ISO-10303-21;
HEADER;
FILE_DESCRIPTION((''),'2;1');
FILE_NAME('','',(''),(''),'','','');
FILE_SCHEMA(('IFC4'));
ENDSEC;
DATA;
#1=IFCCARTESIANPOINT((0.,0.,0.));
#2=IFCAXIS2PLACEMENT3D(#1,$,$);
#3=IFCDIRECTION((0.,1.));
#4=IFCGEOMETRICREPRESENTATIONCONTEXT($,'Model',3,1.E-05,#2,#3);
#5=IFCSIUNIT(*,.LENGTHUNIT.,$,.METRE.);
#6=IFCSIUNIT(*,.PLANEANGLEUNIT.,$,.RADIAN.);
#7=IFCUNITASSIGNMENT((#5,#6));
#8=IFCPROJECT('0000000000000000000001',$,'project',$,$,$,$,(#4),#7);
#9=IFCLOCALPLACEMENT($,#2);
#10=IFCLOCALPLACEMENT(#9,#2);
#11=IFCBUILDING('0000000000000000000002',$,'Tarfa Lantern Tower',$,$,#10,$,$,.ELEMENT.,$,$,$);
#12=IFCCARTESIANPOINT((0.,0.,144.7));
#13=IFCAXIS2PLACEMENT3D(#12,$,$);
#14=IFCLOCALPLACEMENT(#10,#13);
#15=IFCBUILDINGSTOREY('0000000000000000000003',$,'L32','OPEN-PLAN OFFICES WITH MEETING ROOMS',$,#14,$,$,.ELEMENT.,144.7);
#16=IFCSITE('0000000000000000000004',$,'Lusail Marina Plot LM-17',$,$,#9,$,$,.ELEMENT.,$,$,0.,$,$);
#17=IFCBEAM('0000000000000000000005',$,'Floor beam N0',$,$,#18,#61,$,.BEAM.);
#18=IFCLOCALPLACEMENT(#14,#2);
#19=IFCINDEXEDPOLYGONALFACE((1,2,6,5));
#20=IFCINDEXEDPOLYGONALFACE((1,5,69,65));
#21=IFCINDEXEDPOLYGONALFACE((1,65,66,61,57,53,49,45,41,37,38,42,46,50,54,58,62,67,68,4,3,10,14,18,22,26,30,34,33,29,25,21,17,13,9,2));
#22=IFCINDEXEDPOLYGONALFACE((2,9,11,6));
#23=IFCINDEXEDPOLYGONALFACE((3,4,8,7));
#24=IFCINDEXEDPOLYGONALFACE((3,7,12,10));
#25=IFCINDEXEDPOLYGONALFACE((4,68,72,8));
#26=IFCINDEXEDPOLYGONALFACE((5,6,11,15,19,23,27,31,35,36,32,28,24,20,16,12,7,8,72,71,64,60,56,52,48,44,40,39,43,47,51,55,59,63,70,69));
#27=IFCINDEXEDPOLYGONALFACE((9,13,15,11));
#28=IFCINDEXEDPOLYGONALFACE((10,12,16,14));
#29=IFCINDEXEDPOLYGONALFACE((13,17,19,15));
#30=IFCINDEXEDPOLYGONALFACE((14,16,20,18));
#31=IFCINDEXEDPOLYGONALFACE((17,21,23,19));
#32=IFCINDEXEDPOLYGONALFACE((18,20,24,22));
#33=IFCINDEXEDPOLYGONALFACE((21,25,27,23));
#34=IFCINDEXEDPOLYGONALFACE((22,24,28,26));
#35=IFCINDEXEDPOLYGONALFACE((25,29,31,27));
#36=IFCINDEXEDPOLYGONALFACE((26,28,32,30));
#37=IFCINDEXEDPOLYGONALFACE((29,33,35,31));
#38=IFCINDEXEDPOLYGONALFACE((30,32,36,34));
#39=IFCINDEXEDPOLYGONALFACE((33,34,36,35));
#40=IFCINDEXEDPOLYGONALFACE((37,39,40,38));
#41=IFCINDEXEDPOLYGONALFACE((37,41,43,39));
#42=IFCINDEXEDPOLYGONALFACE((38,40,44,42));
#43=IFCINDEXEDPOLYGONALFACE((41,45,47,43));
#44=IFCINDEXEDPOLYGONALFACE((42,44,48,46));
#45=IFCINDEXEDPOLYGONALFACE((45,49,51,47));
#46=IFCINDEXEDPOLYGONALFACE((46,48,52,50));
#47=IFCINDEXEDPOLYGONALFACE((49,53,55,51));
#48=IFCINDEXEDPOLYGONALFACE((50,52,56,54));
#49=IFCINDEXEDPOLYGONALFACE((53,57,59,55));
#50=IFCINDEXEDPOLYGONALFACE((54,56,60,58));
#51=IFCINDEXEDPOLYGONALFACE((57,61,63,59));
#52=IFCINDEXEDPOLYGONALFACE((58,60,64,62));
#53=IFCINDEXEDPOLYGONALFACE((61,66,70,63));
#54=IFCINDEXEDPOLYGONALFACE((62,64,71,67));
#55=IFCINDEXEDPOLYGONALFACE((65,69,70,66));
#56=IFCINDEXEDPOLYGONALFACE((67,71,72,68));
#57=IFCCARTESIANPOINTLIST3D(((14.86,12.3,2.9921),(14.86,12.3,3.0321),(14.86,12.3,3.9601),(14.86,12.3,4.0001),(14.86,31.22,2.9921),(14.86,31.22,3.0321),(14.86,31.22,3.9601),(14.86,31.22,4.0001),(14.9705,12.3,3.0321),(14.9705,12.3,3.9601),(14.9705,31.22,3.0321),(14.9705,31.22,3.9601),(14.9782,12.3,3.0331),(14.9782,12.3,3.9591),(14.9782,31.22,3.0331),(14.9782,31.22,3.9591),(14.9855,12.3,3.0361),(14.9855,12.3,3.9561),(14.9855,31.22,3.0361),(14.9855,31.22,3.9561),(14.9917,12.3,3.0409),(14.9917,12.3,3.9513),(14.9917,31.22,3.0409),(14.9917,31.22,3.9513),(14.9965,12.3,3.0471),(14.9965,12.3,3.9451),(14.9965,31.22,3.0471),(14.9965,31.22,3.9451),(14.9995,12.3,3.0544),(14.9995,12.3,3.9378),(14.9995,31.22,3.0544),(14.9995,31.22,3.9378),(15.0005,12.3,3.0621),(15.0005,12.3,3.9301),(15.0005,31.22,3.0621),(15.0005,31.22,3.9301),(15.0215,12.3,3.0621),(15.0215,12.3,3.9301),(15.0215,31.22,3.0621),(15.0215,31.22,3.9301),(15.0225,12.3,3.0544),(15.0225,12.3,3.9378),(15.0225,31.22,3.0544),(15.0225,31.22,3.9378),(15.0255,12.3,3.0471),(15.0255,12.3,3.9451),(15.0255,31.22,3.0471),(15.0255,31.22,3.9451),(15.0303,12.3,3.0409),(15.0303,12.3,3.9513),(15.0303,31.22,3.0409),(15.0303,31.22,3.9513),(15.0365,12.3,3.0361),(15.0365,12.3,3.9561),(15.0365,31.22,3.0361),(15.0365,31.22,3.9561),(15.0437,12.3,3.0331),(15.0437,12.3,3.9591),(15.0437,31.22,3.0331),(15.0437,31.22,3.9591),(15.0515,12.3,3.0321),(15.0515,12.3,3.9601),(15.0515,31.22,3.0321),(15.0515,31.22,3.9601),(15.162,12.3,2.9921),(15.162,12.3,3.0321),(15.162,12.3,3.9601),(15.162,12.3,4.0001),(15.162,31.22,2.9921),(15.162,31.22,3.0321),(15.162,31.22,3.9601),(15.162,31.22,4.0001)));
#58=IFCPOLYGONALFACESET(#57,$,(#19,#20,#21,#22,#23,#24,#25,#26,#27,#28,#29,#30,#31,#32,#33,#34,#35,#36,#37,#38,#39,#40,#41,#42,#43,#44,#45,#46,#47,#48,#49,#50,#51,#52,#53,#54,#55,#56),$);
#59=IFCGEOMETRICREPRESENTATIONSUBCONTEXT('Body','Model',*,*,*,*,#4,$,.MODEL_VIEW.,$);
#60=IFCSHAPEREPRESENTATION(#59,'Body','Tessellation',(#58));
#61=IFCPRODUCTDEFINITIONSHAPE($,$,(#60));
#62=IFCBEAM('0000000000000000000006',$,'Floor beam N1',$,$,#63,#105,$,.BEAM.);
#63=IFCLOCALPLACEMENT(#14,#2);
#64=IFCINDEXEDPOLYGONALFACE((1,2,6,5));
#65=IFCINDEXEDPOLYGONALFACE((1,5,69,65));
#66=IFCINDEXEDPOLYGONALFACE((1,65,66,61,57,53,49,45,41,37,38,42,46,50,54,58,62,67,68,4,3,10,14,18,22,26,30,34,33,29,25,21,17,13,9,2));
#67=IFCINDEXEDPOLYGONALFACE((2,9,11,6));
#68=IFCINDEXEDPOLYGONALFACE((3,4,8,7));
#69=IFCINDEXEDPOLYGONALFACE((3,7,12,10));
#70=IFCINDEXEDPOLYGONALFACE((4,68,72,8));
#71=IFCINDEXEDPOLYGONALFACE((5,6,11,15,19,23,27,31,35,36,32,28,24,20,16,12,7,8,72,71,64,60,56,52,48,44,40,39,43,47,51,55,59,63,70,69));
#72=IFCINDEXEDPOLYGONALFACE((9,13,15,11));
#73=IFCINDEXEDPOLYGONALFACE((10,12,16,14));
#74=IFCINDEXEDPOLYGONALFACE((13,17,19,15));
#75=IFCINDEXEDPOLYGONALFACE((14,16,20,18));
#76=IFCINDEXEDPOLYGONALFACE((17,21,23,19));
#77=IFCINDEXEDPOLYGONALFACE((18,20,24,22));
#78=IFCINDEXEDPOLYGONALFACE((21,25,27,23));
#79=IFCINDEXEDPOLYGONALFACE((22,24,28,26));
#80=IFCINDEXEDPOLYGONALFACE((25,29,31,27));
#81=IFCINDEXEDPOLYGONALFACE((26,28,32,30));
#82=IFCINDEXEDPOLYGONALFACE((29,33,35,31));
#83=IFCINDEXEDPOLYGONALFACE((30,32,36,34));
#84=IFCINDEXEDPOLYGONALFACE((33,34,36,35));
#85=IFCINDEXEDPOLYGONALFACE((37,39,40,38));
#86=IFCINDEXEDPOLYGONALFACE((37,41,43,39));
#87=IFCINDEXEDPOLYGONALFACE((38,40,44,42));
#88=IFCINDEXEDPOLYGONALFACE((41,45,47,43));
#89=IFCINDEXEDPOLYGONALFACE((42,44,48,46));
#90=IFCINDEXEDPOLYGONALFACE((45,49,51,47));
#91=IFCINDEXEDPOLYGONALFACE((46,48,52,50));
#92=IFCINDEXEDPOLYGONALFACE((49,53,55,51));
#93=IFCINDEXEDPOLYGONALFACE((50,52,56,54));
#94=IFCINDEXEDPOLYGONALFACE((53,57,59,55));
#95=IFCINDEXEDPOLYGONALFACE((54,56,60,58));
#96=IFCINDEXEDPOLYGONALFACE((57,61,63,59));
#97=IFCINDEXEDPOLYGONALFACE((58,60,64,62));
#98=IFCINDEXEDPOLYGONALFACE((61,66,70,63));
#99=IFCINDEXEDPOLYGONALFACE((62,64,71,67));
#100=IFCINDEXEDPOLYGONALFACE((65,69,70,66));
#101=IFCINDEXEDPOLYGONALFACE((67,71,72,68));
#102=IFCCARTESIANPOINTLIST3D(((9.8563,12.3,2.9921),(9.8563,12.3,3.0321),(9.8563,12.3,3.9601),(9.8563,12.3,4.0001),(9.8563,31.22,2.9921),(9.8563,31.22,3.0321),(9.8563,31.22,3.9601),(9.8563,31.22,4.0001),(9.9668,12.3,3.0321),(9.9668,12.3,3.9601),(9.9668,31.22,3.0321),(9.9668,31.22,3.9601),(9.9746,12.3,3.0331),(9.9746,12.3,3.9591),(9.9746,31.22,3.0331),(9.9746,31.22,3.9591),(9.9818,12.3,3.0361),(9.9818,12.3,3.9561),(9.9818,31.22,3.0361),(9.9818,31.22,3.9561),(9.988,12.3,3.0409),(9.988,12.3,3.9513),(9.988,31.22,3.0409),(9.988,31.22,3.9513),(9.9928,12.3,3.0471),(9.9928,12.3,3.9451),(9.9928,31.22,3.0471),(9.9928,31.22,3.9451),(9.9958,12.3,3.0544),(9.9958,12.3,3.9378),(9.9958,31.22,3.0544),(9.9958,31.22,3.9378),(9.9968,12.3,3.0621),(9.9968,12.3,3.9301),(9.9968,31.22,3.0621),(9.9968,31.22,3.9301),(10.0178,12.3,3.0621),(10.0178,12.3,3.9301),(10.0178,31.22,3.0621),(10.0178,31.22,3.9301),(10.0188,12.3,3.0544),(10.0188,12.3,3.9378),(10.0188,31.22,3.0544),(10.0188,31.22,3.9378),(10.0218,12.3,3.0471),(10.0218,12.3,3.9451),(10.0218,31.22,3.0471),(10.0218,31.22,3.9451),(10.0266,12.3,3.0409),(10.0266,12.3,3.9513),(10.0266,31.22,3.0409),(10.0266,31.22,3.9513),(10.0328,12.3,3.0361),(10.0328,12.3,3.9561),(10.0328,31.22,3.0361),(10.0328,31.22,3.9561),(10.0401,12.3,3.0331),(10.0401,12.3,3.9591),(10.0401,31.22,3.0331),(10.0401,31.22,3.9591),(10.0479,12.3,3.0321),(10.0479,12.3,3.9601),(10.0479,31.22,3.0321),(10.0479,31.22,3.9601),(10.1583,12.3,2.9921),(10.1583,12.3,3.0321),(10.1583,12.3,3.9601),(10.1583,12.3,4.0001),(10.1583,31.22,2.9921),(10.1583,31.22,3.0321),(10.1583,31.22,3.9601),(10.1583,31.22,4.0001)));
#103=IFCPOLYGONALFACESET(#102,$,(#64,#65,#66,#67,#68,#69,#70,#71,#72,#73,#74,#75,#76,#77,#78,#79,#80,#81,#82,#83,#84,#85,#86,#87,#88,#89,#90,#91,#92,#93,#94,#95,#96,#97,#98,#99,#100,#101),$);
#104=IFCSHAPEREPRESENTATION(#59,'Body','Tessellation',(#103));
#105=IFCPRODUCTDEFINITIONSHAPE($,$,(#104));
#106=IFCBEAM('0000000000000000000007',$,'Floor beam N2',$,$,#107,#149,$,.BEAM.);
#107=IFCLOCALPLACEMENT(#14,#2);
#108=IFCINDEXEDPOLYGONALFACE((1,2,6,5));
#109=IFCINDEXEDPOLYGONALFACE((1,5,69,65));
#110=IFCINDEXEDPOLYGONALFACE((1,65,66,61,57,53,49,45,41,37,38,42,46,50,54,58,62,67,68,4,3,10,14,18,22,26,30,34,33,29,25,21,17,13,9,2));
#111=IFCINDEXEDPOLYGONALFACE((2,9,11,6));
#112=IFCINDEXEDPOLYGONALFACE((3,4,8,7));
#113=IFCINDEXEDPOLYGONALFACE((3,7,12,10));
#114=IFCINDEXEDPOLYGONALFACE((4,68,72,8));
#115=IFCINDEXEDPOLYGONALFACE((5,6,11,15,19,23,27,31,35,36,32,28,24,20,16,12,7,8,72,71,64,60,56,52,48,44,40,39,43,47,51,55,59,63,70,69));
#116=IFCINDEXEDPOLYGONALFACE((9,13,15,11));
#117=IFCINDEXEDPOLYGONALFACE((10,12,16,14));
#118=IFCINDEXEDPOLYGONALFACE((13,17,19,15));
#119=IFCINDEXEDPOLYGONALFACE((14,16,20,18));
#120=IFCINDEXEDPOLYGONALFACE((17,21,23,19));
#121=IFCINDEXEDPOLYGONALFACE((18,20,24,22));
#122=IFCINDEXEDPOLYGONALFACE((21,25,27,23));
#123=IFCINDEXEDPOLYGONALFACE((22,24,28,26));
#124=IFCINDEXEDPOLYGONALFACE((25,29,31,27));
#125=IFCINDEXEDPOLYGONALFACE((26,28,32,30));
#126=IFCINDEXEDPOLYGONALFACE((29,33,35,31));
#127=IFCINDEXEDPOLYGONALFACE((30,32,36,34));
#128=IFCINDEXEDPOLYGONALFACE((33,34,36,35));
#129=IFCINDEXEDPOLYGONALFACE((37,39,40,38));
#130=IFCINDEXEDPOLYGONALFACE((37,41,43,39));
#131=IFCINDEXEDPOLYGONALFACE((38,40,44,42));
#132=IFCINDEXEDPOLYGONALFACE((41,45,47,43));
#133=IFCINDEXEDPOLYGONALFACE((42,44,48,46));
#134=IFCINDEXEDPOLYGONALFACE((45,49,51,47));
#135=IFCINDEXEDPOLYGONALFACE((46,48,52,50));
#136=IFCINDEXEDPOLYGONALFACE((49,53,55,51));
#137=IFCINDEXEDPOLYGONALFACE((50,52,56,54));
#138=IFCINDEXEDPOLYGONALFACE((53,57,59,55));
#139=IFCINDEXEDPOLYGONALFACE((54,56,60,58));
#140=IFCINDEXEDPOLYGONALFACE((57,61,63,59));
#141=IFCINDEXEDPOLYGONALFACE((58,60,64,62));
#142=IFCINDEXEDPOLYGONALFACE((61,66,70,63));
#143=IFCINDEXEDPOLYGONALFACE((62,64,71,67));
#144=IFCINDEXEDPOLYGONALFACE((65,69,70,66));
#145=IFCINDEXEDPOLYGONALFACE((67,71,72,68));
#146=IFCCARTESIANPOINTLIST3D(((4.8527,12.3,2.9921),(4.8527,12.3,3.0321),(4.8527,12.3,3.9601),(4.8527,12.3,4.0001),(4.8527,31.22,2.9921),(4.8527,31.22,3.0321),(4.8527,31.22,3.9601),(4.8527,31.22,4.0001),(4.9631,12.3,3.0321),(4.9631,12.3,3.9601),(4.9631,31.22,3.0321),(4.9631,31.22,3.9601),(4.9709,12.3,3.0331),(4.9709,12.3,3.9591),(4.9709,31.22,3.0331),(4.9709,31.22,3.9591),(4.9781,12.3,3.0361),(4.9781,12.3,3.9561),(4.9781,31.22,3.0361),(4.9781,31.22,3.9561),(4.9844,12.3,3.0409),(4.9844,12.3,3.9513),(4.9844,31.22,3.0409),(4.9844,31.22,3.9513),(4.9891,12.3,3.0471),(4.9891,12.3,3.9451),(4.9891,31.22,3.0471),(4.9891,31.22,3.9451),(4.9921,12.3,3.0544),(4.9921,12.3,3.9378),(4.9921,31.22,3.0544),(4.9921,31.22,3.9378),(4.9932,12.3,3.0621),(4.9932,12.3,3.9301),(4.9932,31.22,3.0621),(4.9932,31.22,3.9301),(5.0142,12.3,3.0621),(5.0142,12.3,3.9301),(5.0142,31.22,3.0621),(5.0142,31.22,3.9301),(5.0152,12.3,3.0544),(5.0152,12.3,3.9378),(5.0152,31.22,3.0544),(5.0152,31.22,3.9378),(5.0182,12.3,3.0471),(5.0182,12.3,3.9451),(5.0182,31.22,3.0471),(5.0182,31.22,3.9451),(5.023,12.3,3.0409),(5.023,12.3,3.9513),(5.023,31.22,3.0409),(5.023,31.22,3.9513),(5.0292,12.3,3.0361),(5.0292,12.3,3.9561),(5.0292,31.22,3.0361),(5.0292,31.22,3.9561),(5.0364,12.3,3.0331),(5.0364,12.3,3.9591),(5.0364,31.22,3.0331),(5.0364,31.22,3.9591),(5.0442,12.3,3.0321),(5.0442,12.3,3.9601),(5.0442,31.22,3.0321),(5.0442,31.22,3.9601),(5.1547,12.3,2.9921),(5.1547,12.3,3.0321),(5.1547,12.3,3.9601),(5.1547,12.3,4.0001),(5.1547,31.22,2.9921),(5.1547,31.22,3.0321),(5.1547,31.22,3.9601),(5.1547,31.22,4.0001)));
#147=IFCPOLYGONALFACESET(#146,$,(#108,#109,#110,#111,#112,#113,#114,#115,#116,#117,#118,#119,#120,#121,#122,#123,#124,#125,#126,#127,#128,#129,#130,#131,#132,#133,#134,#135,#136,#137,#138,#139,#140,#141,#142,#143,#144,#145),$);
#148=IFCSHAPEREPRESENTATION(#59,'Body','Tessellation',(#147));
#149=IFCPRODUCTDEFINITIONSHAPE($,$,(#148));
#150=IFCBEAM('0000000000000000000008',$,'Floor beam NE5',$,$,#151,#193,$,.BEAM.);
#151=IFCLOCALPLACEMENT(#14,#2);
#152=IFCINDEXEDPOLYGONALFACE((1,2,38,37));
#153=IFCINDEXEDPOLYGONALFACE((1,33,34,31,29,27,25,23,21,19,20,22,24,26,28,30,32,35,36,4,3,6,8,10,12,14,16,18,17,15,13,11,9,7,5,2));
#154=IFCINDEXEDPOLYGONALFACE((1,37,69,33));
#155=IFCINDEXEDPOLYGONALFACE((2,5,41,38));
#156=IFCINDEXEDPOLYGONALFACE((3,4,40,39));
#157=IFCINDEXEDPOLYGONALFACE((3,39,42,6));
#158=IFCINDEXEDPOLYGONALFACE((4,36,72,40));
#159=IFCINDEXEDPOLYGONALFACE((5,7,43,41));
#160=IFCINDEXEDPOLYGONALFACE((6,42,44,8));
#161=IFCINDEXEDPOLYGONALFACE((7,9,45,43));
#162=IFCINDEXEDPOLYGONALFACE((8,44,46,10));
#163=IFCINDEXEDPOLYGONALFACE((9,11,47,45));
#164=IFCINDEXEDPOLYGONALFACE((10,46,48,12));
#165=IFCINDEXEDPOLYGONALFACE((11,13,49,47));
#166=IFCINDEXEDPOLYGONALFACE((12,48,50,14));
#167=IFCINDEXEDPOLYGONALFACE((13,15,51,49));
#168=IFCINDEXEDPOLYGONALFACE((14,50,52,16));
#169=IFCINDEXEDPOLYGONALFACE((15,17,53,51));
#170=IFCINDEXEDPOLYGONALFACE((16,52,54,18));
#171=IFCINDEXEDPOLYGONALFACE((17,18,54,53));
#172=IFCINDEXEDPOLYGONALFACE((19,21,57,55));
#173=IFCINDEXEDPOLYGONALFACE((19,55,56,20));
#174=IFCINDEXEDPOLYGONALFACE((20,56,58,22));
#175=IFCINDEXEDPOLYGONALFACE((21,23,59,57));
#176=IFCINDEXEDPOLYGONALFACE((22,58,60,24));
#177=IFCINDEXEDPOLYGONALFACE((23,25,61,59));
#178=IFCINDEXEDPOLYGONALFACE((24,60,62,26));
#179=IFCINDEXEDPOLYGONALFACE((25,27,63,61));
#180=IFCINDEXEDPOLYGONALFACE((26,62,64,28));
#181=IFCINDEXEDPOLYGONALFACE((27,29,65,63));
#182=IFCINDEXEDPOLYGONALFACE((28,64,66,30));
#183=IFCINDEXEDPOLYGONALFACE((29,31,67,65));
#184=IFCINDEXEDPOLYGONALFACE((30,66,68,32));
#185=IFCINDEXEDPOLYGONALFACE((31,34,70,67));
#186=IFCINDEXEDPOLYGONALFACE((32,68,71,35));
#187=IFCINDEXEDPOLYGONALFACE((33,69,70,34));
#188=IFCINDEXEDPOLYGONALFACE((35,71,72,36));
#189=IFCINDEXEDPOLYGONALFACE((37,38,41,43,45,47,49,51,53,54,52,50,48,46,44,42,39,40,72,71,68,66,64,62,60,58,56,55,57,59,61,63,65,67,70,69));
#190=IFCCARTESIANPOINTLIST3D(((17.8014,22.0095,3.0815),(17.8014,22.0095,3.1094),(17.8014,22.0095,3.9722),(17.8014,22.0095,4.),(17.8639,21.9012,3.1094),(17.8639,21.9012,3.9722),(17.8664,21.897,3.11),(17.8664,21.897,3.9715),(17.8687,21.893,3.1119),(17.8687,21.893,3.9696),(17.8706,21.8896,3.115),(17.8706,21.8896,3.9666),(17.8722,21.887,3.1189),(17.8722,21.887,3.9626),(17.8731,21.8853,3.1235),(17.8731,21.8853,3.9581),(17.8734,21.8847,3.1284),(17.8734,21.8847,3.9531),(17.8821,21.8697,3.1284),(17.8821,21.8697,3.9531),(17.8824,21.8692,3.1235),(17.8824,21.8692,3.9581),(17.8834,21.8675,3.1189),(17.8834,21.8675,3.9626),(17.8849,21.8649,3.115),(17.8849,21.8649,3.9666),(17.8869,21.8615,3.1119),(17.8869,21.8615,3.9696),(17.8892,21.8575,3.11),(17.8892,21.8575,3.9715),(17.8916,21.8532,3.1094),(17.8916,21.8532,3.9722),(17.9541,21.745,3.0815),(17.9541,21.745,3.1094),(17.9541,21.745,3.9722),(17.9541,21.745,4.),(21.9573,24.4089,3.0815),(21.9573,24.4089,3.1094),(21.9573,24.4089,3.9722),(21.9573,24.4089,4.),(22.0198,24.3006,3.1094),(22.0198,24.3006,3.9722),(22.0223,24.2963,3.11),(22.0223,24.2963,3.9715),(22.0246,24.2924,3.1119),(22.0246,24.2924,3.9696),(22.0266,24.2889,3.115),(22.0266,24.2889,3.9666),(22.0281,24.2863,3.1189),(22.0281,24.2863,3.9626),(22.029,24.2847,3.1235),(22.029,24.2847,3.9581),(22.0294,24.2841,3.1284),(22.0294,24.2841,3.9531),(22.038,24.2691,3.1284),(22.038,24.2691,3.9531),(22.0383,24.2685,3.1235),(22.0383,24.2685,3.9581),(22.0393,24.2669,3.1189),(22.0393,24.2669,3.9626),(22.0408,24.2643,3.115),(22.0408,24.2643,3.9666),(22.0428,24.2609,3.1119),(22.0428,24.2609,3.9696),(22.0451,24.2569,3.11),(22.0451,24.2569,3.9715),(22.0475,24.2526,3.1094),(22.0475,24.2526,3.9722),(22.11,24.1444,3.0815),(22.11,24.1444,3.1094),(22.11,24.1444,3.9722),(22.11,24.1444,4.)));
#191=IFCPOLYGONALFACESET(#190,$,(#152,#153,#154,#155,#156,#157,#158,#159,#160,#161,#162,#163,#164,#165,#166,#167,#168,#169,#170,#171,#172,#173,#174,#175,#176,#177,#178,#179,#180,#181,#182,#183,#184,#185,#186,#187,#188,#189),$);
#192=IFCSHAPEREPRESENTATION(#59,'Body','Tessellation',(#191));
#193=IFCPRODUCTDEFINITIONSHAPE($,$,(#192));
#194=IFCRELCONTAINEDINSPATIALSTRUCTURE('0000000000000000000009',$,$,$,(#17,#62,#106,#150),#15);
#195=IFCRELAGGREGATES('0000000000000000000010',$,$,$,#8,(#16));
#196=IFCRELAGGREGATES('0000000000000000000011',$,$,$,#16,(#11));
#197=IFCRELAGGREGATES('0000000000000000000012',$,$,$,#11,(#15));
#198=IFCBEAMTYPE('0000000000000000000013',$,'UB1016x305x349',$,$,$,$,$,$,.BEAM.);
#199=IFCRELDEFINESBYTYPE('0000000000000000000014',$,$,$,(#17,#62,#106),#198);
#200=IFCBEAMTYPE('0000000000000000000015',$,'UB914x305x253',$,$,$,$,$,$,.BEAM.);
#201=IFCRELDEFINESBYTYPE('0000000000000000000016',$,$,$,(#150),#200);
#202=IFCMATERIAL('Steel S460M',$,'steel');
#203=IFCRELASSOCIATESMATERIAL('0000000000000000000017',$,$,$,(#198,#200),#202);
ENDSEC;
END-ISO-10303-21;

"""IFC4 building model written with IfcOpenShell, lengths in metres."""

from ifc_helpers import new_model, si_unit, direction, frame, origin, origin_2d, place, context, subcontext, project, spatial, i_section, extrude, material, material_profile, profile_set, type_object, element, save


model = new_model("IFC4")

# Units and contexts
model_context = context("Model", 3, precision=1e-05, world=origin(), true_north=direction((0.0, 1.0)))
body_context = subcontext(model_context, "Body", "Model", "MODEL_VIEW")
ifc_project = project(units=[si_unit("LENGTHUNIT", "METRE"), si_unit("PLANEANGLEUNIT", "RADIAN")], contexts=[model_context])

# Site, building, storey
site_placement = place(None, origin())
site = spatial("IfcSite", under=ifc_project, at=site_placement, Name="Lusail Marina Plot LM-17", CompositionType="ELEMENT", RefElevation=0.0)
building_placement = place(site_placement, origin())
building = spatial("IfcBuilding", under=site, at=building_placement, Name="Tarfa Lantern Tower", CompositionType="ELEMENT")
storey_placement = place(building_placement, frame((0.0, 0.0, 144.7)))
storey = spatial("IfcBuildingStorey", under=building, at=storey_placement, Name="L32", Description="OPEN-PLAN OFFICES WITH MEETING ROOMS", CompositionType="ELEMENT", Elevation=144.7)

# Beams
ifc_material_1 = material(Name="Steel S460M", Category="steel")
ifc_material_profile_1 = material_profile(ifc_material_1, i_section(OverallWidth=0.302, OverallDepth=1.0081, WebThickness=0.021, FlangeThickness=0.04, FilletRadius=0.03, at=origin_2d()), Name="UB1016x305x349")
ifc_profile_set_1 = profile_set([ifc_material_profile_1], Name="Steel S460M")
beam_type_1 = type_object("IfcBeamType", Name="UB1016x305x349", PredefinedType="BEAM", material=ifc_profile_set_1)
for number, where, z_axis, x_axis, name in (
    (1, (15.011, 31.22, 3.4961), (0.0, -1.0, 0.0), (1.0, 0.0, 0.0), "Floor beam N0"),
    (2, (10.0073, 31.22, 3.4961), (0.0, -1.0, 0.0), (1.0, 0.0, 0.0), "Floor beam N1"),
    (3, (5.0037, 31.22, 3.4961), (0.0, -1.0, 0.0), (1.0, 0.0, 0.0), "Floor beam N2"),
):
    element("IfcBeam", number, at=place(storey_placement, frame(where, z_axis=z_axis, x_axis=x_axis)), inside=storey, type_object=beam_type_1, Name=name, PredefinedType="BEAM", context=body_context, shape_type="SweptSolid", body=[
        extrude(i_section(OverallWidth=0.302, OverallDepth=1.0081, WebThickness=0.021, FlangeThickness=0.04, FilletRadius=0.03, at=origin_2d()), origin(), (0.0, 0.0, 1.0), 18.9199),
    ])
ifc_material_profile_2 = material_profile(ifc_material_1, i_section(OverallWidth=0.3054, OverallDepth=0.9185, WebThickness=0.0173, FlangeThickness=0.0278, FilletRadius=0.019, at=origin_2d()), Name="UB914x305x253")
ifc_profile_set_2 = profile_set([ifc_material_profile_2], Name="Steel S460M")
beam_type_2 = type_object("IfcBeamType", Name="UB914x305x253", PredefinedType="BEAM", material=ifc_profile_set_2)
beam_1_placement = place(storey_placement, frame((22.0337, 24.2766, 3.5408), z_axis=(-0.866031, -0.499991, 0.0), x_axis=(0.499991, -0.866031, 0.0)))
element("IfcBeam", 4, at=beam_1_placement, inside=storey, type_object=beam_type_2, Name="Floor beam NE5", PredefinedType="BEAM", context=body_context, shape_type="SweptSolid", body=[
    extrude(i_section(OverallWidth=0.3054, OverallDepth=0.9185, WebThickness=0.0173, FlangeThickness=0.0278, FilletRadius=0.019, at=origin_2d()), origin(), (0.0, 0.0, 1.0), 4.7988),
])

save(model, "model.ifc")
